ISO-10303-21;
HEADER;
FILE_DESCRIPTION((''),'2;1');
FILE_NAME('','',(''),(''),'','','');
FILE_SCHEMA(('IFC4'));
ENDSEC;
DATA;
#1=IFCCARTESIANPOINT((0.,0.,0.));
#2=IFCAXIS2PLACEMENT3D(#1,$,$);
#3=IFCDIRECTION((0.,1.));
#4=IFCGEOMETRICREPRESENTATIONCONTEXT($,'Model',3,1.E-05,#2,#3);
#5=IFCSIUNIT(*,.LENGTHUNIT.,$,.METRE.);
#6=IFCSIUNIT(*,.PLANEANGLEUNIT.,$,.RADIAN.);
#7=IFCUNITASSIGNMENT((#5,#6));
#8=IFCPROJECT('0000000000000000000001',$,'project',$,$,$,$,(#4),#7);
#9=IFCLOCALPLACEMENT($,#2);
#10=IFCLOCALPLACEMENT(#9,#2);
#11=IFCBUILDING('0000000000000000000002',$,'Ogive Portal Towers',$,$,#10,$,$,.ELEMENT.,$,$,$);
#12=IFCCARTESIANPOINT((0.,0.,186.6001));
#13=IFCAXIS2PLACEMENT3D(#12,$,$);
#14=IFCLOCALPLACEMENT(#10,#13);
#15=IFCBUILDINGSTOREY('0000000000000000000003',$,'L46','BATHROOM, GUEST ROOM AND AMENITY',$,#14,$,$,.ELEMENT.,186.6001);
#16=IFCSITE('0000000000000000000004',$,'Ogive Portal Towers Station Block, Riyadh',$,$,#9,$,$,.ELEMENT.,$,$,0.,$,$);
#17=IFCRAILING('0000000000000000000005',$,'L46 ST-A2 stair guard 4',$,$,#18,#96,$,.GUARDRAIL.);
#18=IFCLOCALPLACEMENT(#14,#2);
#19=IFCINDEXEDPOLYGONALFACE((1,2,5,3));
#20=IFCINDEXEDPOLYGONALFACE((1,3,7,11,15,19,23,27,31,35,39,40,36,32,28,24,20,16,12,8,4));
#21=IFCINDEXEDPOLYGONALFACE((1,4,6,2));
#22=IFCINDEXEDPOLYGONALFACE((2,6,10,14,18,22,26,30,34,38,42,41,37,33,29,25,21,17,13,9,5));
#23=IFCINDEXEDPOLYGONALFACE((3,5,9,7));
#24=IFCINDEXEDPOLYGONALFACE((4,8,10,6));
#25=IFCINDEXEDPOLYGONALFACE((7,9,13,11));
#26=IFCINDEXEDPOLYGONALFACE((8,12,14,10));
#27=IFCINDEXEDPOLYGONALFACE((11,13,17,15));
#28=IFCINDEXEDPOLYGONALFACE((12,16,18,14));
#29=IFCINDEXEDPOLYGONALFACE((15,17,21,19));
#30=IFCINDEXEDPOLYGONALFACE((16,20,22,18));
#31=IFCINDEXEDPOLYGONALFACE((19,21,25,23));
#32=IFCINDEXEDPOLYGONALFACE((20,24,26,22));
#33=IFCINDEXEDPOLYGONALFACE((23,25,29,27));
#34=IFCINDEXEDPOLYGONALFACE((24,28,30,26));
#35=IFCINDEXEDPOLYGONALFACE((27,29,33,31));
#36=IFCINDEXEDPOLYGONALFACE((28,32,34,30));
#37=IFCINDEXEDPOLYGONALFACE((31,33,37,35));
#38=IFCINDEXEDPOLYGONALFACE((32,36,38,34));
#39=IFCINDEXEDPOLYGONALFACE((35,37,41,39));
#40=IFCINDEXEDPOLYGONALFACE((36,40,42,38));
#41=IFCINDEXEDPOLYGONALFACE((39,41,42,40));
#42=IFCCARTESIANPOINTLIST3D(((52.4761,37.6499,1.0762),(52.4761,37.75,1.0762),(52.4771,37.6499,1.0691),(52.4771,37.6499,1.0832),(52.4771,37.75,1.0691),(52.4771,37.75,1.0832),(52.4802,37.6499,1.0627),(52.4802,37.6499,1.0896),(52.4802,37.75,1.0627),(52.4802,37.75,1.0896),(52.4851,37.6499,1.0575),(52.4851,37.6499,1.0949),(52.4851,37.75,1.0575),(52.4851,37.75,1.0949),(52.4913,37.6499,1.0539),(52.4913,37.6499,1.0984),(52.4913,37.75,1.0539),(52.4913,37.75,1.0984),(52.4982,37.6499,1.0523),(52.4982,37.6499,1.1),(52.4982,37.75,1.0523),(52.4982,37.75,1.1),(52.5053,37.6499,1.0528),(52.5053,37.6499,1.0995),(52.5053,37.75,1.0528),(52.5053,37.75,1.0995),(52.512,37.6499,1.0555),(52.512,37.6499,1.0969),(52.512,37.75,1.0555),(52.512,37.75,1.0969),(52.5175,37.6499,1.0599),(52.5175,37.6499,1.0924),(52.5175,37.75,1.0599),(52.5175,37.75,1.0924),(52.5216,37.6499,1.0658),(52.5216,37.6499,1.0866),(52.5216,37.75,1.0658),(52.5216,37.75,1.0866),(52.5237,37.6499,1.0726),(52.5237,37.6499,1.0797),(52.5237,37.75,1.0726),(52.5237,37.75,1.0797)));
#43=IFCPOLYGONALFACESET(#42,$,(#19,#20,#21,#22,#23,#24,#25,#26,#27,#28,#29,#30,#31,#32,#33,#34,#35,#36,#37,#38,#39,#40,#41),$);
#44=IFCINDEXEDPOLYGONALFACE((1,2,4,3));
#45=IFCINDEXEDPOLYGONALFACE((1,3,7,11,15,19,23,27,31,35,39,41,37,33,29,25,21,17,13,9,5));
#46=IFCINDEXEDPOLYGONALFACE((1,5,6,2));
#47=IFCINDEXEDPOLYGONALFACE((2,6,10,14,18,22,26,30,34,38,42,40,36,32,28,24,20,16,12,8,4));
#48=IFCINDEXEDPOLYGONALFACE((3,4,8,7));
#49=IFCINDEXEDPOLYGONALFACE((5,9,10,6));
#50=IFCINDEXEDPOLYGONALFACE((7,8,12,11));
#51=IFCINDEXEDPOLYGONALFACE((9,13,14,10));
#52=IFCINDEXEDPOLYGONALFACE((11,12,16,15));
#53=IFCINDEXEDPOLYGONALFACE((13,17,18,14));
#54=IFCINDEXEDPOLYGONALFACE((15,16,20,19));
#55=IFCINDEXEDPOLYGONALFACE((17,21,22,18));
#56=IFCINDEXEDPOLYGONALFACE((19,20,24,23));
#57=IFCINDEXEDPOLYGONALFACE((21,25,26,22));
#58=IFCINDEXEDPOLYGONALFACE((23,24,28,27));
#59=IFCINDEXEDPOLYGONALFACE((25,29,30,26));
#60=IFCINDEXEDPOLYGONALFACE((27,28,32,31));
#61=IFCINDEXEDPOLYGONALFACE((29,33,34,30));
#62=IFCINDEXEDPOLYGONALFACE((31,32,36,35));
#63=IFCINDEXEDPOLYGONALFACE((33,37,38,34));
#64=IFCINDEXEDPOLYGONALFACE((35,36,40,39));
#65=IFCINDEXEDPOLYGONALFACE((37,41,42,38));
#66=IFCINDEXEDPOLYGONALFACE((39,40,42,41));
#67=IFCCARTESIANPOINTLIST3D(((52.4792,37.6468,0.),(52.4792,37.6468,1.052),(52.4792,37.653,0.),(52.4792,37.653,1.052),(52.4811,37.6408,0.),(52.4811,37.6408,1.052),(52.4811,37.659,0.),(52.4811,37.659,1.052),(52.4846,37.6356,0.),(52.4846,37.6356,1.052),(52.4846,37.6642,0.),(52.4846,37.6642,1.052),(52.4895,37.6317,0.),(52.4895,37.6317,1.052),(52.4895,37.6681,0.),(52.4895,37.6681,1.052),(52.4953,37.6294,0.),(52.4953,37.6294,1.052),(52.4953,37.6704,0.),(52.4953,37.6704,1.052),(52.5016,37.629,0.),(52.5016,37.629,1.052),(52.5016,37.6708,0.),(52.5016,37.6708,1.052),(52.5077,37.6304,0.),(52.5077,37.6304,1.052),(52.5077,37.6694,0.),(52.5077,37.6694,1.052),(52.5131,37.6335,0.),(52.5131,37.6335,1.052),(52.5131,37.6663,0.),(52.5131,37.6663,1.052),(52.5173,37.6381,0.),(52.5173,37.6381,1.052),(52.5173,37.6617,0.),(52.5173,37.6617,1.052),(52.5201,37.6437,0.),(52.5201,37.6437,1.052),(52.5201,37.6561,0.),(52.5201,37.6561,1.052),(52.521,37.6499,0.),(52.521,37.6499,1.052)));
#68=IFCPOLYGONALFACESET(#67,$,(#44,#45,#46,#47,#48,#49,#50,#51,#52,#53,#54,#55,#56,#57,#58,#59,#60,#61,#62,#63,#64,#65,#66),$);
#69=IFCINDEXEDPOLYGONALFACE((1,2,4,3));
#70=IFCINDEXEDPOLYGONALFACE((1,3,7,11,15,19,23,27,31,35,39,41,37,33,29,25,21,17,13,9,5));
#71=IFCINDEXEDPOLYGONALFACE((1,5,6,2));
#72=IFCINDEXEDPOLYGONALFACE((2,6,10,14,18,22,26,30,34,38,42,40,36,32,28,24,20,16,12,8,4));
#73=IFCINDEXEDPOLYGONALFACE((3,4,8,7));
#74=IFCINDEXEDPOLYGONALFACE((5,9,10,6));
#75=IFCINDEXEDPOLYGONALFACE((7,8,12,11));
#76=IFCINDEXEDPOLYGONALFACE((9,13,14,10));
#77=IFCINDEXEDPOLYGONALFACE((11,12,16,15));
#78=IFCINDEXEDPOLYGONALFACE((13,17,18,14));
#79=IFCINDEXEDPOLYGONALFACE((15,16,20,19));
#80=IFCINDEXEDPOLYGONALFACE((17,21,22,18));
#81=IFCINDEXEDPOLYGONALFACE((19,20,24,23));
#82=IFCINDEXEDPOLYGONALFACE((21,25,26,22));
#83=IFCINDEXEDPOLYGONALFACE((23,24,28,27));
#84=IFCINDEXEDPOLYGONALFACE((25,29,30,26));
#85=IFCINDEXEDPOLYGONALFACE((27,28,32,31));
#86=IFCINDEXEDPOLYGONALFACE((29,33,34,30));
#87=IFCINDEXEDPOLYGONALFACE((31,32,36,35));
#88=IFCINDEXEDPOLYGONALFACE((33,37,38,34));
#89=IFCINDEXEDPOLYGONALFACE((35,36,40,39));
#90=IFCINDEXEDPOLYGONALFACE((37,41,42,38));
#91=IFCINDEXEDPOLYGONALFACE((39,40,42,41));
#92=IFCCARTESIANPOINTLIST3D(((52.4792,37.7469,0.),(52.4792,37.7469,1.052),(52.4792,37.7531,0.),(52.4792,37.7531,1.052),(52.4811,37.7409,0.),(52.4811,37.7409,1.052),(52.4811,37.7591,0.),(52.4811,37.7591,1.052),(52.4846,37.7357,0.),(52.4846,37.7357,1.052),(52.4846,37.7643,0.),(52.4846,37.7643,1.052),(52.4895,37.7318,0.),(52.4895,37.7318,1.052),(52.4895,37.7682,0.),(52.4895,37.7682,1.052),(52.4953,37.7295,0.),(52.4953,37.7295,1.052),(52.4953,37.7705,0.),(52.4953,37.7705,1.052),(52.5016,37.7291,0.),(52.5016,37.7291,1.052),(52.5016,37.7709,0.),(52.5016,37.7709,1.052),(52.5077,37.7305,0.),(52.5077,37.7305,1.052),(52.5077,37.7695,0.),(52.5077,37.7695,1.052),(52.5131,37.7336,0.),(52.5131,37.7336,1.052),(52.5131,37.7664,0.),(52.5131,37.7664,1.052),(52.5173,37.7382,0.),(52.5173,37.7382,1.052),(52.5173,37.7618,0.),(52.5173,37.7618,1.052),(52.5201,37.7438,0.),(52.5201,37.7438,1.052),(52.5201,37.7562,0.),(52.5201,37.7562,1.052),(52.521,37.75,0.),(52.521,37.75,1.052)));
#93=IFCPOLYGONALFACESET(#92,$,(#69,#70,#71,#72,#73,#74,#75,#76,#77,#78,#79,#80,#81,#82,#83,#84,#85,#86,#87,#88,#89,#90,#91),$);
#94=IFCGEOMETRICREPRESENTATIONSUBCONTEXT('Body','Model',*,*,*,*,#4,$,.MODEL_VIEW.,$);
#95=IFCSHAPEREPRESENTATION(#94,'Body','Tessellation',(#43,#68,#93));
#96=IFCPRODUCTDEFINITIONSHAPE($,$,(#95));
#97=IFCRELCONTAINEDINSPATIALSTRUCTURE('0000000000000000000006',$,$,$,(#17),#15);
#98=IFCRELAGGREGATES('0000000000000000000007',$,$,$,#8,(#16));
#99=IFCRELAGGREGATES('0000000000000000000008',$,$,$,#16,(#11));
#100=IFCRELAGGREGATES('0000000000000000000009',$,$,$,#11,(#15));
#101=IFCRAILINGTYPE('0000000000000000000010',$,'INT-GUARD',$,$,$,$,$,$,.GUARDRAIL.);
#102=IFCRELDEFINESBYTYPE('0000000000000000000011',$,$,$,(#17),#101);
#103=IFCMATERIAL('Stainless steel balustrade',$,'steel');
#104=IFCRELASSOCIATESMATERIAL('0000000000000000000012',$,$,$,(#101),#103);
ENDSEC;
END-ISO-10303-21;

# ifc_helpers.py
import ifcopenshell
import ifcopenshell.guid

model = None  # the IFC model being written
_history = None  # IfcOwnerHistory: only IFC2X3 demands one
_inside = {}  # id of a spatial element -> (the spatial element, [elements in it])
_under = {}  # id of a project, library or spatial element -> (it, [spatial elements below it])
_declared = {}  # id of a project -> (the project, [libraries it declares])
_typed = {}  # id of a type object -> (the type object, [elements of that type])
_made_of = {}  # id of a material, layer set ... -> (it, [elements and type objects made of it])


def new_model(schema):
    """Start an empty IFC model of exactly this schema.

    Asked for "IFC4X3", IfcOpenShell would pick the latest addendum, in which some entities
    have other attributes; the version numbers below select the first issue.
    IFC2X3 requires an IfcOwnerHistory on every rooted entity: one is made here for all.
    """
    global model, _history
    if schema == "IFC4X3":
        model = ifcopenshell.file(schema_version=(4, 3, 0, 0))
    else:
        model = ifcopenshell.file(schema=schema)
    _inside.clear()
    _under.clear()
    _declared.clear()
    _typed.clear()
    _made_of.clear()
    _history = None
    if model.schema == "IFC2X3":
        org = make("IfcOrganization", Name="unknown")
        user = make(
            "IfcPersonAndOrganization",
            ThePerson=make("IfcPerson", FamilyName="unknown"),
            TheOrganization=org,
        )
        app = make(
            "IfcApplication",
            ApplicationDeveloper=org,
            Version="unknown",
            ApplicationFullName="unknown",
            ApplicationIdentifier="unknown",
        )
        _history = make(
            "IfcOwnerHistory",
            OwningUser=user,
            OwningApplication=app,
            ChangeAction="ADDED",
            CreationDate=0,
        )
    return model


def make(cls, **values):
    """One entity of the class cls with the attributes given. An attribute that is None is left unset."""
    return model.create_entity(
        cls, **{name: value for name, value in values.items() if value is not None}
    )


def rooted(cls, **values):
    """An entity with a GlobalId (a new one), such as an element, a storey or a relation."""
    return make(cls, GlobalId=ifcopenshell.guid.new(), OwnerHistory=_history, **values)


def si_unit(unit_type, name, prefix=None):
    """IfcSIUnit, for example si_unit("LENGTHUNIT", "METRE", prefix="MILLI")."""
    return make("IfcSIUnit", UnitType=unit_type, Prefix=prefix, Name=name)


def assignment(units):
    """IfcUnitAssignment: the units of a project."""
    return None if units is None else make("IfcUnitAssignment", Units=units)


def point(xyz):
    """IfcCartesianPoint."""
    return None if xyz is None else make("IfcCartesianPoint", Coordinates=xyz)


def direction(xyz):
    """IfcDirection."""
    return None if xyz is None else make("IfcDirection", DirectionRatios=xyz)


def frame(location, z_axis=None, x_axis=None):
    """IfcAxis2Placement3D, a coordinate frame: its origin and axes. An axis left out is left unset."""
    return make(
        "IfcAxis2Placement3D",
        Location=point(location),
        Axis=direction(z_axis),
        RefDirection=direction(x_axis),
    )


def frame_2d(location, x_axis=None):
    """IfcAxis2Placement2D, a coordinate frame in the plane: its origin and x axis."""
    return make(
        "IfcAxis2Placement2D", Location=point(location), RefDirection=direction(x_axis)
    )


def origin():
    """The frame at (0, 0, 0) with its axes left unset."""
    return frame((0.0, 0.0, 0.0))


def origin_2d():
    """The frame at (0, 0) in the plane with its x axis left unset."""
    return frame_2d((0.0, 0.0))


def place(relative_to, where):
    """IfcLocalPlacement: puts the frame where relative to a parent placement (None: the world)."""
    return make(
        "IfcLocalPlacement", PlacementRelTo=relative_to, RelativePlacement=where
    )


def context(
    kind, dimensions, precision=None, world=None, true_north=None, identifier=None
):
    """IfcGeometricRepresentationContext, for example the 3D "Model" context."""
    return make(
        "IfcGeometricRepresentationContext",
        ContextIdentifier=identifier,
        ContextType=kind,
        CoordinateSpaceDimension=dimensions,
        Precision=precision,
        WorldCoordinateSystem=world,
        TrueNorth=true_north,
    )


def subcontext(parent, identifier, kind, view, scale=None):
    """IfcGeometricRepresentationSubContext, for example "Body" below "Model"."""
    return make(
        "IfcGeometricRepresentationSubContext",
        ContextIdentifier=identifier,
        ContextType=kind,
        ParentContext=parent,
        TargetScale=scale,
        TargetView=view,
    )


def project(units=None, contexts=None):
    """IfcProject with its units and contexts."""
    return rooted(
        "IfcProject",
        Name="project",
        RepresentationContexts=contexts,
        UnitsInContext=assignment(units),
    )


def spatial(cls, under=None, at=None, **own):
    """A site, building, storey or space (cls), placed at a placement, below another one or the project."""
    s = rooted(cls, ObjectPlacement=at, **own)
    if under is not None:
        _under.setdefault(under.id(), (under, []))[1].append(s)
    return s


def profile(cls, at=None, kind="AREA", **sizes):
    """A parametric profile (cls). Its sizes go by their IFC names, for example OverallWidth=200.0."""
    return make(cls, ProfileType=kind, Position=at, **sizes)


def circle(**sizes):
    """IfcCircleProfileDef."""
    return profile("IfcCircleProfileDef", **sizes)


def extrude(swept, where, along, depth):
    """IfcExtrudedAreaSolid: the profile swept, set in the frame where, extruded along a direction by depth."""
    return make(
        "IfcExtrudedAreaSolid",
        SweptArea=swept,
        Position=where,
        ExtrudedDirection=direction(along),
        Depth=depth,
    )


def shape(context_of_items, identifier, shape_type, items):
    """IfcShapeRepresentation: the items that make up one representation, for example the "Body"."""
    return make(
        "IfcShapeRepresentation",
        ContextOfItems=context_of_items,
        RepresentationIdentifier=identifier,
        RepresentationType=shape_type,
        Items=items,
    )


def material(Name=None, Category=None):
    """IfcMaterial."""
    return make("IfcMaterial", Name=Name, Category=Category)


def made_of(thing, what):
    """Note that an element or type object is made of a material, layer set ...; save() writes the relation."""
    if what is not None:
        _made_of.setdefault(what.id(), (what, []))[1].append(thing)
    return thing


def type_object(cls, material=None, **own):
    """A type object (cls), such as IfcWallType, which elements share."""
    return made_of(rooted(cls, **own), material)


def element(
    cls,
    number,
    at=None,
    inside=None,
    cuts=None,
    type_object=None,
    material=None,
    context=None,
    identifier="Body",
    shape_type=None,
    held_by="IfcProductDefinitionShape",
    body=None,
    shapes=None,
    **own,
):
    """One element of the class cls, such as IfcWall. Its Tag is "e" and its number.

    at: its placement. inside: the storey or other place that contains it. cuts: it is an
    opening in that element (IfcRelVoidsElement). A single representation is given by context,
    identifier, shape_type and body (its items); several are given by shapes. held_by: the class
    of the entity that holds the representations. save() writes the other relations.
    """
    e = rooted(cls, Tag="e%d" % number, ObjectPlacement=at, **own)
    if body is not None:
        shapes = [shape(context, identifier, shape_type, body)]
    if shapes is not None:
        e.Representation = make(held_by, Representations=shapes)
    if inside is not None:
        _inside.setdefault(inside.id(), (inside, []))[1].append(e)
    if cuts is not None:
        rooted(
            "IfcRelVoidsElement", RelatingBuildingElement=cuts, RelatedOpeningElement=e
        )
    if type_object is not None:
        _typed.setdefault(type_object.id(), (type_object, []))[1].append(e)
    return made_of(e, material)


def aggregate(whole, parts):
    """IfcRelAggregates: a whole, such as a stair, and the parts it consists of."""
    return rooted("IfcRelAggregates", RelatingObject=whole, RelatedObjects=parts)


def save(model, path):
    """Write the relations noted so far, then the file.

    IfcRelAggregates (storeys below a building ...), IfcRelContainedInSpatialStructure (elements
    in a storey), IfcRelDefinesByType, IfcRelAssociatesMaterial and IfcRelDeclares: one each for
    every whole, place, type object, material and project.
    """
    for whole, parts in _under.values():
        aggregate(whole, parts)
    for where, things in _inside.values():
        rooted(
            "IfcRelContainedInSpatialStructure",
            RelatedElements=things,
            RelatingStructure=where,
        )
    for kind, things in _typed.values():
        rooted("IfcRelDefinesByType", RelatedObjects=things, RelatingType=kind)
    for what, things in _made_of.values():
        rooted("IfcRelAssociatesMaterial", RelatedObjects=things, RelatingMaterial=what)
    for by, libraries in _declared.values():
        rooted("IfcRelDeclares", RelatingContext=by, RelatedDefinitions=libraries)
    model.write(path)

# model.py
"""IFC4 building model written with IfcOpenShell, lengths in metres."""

from ifc_helpers import new_model, si_unit, direction, frame, origin, origin_2d, place, context, subcontext, project, spatial, circle, extrude, material, type_object, element, save


model = new_model("IFC4")

# Units and contexts
model_context = context("Model", 3, precision=1e-05, world=origin(), true_north=direction((0.0, 1.0)))
body_context = subcontext(model_context, "Body", "Model", "MODEL_VIEW")
ifc_project = project(units=[si_unit("LENGTHUNIT", "METRE"), si_unit("PLANEANGLEUNIT", "RADIAN")], contexts=[model_context])

# Site, building, storey
site_placement = place(None, origin())
site = spatial("IfcSite", under=ifc_project, at=site_placement, Name="Ogive Portal Towers Station Block, Riyadh", CompositionType="ELEMENT", RefElevation=0.0)
building_placement = place(site_placement, origin())
building = spatial("IfcBuilding", under=site, at=building_placement, Name="Ogive Portal Towers", CompositionType="ELEMENT")
storey_placement = place(building_placement, frame((0.0, 0.0, 186.6001)))
storey = spatial("IfcBuildingStorey", under=building, at=storey_placement, Name="L46", Description="BATHROOM, GUEST ROOM AND AMENITY", CompositionType="ELEMENT", Elevation=186.6001)

# Railing
ifc_material_1 = material(Name="Stainless steel balustrade", Category="steel")
railing_type_1 = type_object("IfcRailingType", Name="INT-GUARD", PredefinedType="GUARDRAIL", material=ifc_material_1)
railing_1_placement = place(storey_placement, frame((52.5, 37.6499, 0.0)))
element("IfcRailing", 1, at=railing_1_placement, inside=storey, type_object=railing_type_1, Name="L46 ST-A2 stair guard 4", PredefinedType="GUARDRAIL", context=body_context, shape_type="SweptSolid", body=[
    extrude(circle(Radius=0.0239, at=origin_2d()), frame((0.0, 0.0, 1.0762), z_axis=(0.0, 1.0, 0.0), x_axis=(-1.0, 0.0, 0.0)), (0.0, 0.0, 1.0), 0.1001),
    extrude(circle(Radius=0.021, at=origin_2d()), origin(), (0.0, 0.0, 1.0), 1.052),
    extrude(circle(Radius=0.021, at=origin_2d()), frame((0.0, 0.1001, 0.0)), (0.0, 0.0, 1.0), 1.052),
])

save(model, "model.ifc")
